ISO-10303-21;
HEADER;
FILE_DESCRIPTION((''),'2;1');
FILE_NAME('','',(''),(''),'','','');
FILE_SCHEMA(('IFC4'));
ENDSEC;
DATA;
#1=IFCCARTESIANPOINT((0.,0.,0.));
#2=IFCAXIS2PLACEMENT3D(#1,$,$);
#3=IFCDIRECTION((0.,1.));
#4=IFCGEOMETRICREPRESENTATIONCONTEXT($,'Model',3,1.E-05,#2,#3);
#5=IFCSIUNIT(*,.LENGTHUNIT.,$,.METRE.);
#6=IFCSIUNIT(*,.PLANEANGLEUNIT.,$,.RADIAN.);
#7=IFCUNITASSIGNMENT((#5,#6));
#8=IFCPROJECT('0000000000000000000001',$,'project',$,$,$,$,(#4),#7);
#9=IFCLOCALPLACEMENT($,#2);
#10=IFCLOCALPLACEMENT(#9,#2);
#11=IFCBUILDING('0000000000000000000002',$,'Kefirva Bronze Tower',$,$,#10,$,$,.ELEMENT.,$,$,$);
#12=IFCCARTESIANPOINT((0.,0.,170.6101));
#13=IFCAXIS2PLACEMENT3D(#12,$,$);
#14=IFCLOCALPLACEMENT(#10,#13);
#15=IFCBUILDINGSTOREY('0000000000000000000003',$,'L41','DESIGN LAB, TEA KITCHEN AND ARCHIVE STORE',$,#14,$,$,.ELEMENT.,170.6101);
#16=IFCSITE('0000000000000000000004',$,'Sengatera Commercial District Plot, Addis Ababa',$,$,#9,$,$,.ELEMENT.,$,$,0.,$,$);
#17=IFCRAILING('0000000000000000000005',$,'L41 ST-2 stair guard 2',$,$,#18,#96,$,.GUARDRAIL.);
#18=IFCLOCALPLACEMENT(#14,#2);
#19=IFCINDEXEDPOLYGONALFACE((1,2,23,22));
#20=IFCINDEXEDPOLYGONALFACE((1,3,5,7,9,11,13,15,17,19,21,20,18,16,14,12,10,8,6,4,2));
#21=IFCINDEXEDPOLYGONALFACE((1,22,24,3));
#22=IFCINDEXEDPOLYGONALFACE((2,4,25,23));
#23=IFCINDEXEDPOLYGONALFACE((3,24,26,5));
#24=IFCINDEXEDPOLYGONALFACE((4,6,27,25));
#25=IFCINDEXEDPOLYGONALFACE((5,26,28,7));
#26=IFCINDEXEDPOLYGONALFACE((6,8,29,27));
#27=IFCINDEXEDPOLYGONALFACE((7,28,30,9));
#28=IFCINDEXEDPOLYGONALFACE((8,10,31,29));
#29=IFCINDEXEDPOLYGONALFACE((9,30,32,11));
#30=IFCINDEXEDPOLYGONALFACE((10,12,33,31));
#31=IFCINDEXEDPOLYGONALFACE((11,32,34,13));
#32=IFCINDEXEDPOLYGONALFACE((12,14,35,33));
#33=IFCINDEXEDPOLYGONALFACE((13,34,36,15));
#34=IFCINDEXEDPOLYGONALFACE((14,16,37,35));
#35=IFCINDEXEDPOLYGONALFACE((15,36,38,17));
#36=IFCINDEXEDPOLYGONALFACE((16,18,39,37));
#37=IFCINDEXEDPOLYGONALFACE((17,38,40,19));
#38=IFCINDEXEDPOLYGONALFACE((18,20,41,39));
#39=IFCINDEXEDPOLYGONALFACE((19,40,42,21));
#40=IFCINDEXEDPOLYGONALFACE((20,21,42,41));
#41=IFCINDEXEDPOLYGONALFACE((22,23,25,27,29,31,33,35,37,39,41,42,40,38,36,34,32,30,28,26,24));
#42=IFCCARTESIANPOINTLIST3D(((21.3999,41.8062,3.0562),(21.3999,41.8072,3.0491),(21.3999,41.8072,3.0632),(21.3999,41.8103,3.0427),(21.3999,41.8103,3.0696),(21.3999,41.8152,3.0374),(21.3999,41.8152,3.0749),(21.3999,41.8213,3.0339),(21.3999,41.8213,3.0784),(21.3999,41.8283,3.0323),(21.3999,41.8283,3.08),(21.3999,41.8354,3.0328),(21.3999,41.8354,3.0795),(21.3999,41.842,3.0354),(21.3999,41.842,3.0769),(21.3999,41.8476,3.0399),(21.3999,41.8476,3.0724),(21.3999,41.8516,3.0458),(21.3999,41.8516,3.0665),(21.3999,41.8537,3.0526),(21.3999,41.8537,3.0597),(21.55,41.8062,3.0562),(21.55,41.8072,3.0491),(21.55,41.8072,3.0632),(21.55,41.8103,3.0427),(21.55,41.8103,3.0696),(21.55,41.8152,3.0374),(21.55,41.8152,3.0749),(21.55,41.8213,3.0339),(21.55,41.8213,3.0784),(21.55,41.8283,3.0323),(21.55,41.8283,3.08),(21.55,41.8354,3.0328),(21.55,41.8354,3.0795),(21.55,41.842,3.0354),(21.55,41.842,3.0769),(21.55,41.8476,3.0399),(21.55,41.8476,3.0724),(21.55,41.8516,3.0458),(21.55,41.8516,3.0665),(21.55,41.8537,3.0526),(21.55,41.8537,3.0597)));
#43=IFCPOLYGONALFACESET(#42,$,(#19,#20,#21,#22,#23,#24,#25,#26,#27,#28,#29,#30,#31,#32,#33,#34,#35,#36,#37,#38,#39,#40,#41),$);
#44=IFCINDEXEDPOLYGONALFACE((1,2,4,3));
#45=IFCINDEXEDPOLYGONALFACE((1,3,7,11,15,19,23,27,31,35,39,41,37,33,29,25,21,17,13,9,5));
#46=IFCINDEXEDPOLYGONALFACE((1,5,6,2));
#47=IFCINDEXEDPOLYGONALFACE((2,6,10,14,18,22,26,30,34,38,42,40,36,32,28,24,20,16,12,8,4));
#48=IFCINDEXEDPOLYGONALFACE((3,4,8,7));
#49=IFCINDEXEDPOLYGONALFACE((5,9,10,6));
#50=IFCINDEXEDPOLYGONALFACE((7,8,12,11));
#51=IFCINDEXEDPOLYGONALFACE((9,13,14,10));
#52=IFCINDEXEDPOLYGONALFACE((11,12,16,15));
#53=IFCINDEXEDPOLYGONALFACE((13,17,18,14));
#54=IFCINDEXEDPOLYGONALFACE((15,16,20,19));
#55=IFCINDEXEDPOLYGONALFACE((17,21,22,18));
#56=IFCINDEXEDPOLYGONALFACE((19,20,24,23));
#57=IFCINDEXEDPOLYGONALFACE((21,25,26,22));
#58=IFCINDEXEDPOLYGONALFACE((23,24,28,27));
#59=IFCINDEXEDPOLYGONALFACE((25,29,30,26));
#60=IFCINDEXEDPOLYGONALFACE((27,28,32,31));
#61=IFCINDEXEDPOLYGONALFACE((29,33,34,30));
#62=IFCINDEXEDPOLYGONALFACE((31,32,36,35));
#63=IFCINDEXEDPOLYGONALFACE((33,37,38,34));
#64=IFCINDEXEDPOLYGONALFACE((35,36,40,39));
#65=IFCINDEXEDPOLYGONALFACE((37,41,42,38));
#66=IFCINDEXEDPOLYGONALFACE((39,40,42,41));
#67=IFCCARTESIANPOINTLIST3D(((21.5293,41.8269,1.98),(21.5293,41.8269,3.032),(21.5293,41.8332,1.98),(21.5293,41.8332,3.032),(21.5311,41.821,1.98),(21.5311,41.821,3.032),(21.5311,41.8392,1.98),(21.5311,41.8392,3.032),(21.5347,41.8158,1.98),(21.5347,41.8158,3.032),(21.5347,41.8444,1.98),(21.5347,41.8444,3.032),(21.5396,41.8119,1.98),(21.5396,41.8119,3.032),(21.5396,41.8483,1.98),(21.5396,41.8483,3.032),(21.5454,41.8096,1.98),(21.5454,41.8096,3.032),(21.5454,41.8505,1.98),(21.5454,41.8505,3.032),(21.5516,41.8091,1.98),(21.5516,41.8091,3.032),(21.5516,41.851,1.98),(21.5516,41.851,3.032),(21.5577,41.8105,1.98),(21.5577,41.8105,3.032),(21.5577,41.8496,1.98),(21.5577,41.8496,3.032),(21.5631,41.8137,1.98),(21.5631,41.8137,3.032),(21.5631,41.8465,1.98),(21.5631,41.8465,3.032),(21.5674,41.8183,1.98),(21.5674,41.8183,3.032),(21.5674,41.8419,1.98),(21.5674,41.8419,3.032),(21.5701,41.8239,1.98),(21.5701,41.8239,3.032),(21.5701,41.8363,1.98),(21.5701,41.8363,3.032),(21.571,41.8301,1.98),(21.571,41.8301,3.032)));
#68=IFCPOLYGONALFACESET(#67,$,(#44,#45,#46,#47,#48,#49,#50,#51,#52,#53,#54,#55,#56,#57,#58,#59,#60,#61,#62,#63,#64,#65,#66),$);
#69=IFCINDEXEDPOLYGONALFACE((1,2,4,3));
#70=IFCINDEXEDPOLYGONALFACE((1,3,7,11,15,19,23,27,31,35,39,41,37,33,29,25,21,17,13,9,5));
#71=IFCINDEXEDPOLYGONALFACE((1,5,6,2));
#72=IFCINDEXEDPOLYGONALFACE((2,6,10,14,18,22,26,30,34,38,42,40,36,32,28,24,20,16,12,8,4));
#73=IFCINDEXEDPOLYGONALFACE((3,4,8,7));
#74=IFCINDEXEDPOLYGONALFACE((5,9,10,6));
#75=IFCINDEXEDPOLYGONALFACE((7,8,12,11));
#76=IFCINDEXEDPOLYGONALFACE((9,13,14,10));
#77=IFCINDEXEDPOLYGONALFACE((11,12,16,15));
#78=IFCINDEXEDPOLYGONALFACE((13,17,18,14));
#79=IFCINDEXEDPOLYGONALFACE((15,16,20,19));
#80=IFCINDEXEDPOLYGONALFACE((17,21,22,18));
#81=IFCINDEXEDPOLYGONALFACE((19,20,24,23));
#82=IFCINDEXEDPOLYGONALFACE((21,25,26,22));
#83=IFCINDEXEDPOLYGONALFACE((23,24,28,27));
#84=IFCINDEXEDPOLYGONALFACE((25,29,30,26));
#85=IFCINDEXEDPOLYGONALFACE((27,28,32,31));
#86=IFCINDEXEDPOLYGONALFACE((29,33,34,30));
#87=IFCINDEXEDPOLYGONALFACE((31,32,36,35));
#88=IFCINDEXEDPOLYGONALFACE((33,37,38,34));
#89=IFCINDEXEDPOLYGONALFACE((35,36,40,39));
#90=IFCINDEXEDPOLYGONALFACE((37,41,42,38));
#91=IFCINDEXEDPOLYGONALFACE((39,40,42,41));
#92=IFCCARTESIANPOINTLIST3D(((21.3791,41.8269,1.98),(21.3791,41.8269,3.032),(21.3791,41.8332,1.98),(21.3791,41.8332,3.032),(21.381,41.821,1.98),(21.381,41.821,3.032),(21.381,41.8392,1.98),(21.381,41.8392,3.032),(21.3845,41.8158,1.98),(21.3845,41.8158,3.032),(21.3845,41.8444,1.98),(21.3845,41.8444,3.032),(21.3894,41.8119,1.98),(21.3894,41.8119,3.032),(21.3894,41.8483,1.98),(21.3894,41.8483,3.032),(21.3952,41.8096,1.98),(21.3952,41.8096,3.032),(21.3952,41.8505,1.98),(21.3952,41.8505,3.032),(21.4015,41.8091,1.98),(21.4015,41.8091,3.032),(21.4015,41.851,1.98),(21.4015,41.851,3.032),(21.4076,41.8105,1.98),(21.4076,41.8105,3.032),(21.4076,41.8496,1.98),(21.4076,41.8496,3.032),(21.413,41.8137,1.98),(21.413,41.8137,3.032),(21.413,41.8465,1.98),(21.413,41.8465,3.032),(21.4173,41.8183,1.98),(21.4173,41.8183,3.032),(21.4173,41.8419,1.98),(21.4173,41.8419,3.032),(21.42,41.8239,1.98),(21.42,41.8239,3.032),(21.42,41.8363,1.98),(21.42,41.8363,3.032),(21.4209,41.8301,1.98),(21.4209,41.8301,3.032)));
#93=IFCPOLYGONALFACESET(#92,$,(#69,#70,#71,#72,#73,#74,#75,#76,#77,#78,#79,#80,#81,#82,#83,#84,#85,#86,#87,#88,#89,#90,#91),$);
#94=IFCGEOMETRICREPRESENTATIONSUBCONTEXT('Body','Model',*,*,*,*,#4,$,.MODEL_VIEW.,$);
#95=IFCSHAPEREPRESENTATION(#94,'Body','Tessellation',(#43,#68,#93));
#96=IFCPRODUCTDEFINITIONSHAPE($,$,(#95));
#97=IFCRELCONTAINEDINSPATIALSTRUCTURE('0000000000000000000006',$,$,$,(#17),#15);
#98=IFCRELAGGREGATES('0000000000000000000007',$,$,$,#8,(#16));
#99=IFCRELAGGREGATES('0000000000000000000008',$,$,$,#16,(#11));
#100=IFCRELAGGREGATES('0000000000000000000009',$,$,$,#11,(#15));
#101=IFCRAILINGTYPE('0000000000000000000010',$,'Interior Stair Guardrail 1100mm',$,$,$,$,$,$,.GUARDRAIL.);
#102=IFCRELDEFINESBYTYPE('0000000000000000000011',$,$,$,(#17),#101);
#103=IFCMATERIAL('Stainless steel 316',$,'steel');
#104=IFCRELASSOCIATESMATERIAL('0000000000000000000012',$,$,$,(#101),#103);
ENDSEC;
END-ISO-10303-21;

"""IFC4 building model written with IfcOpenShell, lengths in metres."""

from ifc_helpers import new_model, si_unit, direction, frame, origin, origin_2d, place, context, subcontext, project, spatial, circle, extrude, material, type_object, element, save


model = new_model("IFC4")

# Units and contexts
model_context = context("Model", 3, precision=1e-05, world=origin(), true_north=direction((0.0, 1.0)))
body_context = subcontext(model_context, "Body", "Model", "MODEL_VIEW")
ifc_project = project(units=[si_unit("LENGTHUNIT", "METRE"), si_unit("PLANEANGLEUNIT", "RADIAN")], contexts=[model_context])

# Site, building, storey
site_placement = place(None, origin())
site = spatial("IfcSite", under=ifc_project, at=site_placement, Name="Sengatera Commercial District Plot, Addis Ababa", CompositionType="ELEMENT", RefElevation=0.0)
building_placement = place(site_placement, origin())
building = spatial("IfcBuilding", under=site, at=building_placement, Name="Kefirva Bronze Tower", CompositionType="ELEMENT")
storey_placement = place(building_placement, frame((0.0, 0.0, 170.6101)))
storey = spatial("IfcBuildingStorey", under=building, at=storey_placement, Name="L41", Description="DESIGN LAB, TEA KITCHEN AND ARCHIVE STORE", CompositionType="ELEMENT", Elevation=170.6101)

# Railing
ifc_material_1 = material(Name="Stainless steel 316", Category="steel")
railing_type_1 = type_object("IfcRailingType", Name="Interior Stair Guardrail 1100mm", PredefinedType="GUARDRAIL", material=ifc_material_1)
railing_1_placement = place(storey_placement, frame((21.55, 41.8301, 1.98)))
element("IfcRailing", 1, at=railing_1_placement, inside=storey, type_object=railing_type_1, Name="L41 ST-2 stair guard 2", PredefinedType="GUARDRAIL", context=body_context, shape_type="SweptSolid", body=[
    extrude(circle(Radius=0.0239, at=origin_2d()), frame((0.0, 0.0, 1.0762), z_axis=(-1.0, 0.0, 0.0), x_axis=(0.0, -1.0, 0.0)), (0.0, 0.0, 1.0), 0.1501),
    extrude(circle(Radius=0.021, at=origin_2d()), origin(), (0.0, 0.0, 1.0), 1.052),
    extrude(circle(Radius=0.021, at=origin_2d()), frame((-0.1501, 0.0, 0.0)), (0.0, 0.0, 1.0), 1.052),
])

save(model, "model.ifc")
